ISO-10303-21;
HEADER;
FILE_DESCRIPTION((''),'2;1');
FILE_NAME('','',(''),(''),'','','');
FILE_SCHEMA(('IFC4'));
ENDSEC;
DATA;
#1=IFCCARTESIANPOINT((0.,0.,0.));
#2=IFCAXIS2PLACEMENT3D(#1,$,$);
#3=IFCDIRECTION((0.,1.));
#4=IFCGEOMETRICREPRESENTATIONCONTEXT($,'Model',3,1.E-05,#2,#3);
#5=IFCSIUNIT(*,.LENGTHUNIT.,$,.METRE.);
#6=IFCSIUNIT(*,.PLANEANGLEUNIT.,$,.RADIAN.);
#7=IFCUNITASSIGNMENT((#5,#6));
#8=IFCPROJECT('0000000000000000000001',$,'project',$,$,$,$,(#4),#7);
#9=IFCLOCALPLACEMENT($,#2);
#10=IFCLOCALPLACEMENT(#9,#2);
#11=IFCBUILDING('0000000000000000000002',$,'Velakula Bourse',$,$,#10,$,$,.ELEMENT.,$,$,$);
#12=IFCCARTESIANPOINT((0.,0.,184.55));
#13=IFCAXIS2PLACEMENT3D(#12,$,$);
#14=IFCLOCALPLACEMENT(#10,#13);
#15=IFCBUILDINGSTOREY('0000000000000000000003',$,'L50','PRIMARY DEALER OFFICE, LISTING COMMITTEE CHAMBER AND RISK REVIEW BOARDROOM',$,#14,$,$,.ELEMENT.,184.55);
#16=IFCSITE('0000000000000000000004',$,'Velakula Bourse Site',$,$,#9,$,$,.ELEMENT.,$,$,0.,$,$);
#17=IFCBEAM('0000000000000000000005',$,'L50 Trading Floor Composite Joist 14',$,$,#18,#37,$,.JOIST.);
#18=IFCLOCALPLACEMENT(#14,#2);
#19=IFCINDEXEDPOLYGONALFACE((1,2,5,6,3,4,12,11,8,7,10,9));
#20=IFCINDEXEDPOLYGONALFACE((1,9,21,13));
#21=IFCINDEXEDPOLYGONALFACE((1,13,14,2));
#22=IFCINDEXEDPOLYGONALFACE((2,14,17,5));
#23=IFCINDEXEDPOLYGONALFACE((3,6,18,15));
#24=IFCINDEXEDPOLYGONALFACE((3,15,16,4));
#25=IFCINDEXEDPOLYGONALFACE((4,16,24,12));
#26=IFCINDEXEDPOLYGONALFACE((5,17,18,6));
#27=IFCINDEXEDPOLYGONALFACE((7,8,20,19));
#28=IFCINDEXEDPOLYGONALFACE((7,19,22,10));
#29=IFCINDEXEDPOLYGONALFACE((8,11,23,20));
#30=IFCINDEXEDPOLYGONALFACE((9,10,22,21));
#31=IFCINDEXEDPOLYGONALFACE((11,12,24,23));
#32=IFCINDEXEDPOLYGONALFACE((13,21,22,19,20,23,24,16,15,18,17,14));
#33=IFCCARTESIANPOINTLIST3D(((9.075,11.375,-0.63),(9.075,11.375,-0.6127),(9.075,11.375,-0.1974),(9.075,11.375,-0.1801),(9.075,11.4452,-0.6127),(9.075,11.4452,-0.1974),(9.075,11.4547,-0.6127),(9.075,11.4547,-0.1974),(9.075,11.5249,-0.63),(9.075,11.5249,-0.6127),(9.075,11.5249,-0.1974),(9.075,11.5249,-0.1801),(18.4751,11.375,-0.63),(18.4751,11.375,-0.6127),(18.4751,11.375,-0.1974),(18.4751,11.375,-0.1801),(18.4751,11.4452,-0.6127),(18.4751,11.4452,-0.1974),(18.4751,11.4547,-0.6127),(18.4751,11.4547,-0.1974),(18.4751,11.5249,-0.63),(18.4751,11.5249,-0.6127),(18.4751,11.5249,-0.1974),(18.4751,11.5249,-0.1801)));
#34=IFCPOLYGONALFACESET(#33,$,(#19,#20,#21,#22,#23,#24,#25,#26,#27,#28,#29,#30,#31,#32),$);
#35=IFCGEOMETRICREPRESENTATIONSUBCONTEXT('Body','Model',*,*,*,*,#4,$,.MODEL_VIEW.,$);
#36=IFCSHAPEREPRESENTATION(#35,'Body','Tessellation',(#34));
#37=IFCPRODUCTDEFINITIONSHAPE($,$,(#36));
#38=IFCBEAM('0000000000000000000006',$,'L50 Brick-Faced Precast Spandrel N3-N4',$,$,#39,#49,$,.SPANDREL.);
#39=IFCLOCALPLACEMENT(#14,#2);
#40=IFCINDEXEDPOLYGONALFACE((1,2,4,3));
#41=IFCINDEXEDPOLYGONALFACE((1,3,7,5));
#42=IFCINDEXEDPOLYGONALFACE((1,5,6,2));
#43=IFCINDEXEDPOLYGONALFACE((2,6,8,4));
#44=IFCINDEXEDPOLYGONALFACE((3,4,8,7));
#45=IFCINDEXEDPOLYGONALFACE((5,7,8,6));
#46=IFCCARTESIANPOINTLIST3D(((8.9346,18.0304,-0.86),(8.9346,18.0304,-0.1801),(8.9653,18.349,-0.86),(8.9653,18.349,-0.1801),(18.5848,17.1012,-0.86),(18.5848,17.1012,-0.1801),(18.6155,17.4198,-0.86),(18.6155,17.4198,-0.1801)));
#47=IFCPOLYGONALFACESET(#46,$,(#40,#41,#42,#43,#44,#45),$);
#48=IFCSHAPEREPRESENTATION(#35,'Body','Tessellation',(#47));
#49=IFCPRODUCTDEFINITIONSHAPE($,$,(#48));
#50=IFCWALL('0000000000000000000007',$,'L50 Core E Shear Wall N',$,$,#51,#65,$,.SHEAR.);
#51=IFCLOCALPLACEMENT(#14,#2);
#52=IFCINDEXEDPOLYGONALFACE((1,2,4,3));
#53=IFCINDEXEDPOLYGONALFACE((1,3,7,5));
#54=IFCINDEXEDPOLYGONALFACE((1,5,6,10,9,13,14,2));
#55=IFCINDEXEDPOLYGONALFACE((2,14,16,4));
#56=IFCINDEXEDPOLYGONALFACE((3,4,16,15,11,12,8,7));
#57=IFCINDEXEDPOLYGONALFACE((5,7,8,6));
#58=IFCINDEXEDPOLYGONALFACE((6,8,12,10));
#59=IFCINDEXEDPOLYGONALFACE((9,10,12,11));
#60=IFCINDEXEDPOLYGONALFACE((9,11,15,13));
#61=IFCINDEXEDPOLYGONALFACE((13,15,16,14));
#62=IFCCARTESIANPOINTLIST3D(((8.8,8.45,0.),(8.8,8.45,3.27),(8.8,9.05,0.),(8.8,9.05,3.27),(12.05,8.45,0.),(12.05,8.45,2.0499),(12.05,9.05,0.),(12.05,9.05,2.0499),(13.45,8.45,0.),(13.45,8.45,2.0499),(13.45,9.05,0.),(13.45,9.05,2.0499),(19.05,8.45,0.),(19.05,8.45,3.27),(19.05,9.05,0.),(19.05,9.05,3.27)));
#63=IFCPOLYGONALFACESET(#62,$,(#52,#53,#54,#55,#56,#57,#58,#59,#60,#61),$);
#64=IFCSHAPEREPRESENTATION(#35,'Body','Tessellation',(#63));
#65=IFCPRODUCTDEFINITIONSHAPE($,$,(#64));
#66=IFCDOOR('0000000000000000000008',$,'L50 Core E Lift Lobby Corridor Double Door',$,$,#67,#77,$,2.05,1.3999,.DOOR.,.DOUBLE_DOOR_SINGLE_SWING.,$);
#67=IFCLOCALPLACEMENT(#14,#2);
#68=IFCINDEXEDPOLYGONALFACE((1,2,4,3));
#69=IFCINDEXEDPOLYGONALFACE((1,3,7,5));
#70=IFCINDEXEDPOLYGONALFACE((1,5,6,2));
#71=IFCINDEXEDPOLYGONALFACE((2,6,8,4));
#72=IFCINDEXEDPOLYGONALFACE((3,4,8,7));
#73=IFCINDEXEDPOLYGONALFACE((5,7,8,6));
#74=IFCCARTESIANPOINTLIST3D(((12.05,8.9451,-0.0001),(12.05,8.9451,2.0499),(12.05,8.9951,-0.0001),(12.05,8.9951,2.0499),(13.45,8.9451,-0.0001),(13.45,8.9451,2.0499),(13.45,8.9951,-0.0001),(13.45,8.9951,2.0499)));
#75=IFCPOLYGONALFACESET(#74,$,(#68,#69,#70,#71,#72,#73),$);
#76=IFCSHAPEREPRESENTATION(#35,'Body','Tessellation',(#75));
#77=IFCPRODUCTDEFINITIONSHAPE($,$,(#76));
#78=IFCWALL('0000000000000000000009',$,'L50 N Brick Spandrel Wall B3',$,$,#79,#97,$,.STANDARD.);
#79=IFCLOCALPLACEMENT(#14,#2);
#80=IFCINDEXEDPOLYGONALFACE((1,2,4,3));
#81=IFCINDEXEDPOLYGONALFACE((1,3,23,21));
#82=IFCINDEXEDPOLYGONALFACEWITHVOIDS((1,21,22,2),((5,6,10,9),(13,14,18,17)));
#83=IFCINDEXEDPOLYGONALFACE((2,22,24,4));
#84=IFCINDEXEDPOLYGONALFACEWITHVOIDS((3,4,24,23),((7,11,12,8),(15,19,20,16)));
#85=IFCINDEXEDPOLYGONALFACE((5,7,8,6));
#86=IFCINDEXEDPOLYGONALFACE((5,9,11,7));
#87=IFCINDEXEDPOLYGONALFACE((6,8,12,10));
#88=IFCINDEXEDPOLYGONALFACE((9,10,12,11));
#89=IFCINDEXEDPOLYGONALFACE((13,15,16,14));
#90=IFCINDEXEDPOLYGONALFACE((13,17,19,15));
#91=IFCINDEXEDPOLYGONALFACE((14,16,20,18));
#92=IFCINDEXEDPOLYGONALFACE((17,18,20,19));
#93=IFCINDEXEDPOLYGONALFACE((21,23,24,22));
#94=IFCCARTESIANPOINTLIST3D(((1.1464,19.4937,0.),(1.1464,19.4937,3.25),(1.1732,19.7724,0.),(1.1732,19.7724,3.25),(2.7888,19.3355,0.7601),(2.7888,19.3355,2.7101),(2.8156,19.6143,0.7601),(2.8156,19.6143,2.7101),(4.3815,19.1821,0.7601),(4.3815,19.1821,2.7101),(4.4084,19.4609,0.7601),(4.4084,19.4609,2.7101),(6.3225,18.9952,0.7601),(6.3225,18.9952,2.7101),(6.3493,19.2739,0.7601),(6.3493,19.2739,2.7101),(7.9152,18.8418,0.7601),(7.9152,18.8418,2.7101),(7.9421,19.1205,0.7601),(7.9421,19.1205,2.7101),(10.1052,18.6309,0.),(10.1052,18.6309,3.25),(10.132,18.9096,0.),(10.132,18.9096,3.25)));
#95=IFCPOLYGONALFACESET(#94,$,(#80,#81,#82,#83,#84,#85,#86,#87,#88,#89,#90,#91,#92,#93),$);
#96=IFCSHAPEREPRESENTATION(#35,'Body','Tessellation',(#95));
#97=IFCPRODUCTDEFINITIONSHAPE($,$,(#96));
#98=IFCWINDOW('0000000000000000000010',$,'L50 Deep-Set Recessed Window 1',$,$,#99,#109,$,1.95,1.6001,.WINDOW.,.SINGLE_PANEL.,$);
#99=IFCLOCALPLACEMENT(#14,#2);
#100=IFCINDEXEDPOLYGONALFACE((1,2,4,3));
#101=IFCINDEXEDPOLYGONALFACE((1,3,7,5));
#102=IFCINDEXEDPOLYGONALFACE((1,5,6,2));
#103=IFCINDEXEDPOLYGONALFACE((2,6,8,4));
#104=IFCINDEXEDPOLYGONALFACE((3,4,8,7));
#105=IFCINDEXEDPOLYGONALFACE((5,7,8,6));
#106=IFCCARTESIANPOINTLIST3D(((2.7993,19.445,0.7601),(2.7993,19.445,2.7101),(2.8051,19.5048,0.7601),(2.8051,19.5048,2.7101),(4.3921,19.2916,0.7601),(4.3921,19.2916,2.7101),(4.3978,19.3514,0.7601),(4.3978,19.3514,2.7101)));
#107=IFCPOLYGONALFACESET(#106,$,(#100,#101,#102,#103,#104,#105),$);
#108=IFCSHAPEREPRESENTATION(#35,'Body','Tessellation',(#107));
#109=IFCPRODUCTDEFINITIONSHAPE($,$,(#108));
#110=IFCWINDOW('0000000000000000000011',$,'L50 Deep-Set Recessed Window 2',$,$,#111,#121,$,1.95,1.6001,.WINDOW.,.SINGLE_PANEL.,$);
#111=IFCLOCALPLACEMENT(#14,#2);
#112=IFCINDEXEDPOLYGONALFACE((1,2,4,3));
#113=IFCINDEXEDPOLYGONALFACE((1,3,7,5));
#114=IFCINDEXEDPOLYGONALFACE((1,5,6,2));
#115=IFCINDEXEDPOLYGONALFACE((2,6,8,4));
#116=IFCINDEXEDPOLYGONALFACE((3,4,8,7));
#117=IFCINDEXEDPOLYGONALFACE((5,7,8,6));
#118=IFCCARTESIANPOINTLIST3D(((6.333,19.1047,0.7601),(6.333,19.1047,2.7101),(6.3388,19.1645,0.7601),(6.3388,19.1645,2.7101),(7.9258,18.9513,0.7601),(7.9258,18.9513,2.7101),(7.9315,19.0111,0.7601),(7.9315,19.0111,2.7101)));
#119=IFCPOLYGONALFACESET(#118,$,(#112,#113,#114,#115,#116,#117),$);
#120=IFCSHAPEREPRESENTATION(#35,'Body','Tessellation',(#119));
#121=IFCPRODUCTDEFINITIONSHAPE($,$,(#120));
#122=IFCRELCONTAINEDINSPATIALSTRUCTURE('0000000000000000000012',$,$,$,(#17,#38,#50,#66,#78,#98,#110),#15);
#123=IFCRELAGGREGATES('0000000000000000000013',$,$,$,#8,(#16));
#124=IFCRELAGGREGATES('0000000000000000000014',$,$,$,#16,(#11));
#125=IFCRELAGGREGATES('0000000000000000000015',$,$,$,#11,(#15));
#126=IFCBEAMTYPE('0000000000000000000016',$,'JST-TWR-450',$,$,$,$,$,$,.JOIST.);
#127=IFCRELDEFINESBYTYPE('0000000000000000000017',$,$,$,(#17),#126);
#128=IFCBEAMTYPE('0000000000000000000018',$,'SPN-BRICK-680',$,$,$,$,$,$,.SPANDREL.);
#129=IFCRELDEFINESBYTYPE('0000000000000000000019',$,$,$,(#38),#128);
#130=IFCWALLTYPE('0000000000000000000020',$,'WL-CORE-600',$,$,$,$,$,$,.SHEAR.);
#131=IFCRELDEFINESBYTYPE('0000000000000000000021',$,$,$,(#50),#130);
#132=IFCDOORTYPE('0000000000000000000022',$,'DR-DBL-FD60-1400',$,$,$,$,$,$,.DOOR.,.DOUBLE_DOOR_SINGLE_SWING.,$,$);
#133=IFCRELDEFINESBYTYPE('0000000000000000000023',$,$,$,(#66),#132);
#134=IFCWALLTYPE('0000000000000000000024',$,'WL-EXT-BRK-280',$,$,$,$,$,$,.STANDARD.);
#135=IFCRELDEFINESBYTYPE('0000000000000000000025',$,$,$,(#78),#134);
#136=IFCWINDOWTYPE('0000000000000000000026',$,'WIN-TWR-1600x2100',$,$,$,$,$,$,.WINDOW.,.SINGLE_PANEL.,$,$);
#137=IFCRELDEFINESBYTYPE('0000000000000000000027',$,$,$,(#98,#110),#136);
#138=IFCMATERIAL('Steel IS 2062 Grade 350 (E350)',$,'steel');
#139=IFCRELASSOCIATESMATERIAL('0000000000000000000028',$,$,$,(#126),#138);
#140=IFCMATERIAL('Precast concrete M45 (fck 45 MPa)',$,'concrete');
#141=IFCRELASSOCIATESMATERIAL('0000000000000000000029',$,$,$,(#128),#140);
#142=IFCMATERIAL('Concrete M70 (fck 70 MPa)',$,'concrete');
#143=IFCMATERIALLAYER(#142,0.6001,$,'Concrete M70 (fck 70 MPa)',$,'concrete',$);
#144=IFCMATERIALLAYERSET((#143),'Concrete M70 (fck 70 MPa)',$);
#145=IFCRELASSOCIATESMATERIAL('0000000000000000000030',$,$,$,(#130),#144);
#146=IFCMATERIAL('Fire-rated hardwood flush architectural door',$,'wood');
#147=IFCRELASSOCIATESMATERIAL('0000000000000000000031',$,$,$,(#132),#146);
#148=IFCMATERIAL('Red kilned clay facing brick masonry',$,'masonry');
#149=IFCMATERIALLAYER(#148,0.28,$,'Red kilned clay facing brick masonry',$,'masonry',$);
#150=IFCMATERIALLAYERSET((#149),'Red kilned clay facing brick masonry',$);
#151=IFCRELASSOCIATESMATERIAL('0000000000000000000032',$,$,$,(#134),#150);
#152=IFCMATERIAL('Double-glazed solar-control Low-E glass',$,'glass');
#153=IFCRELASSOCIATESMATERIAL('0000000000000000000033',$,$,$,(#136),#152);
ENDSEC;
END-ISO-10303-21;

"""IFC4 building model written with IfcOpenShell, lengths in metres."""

from ifc_helpers import new_model, si_unit, direction, frame, frame_2d, origin, origin_2d, place, context, subcontext, project, spatial, rectangle, i_section, extrude, material, layer, layer_set, material_profile, profile_set, type_object, element, fill, save


model = new_model("IFC4")

# Units and contexts
model_context = context("Model", 3, precision=1e-05, world=origin(), true_north=direction((0.0, 1.0)))
body_context = subcontext(model_context, "Body", "Model", "MODEL_VIEW")
ifc_project = project(units=[si_unit("LENGTHUNIT", "METRE"), si_unit("PLANEANGLEUNIT", "RADIAN")], contexts=[model_context])

# Site, building, storey
site_placement = place(None, origin())
site = spatial("IfcSite", under=ifc_project, at=site_placement, Name="Velakula Bourse Site", CompositionType="ELEMENT", RefElevation=0.0)
building_placement = place(site_placement, origin())
building = spatial("IfcBuilding", under=site, at=building_placement, Name="Velakula Bourse", CompositionType="ELEMENT")
storey_placement = place(building_placement, frame((0.0, 0.0, 184.55)))
storey = spatial("IfcBuildingStorey", under=building, at=storey_placement, Name="L50", Description="PRIMARY DEALER OFFICE, LISTING COMMITTEE CHAMBER AND RISK REVIEW BOARDROOM", CompositionType="ELEMENT", Elevation=184.55)

# Shared definitions
ifc_material_1 = material(Name="Concrete M70 (fck 70 MPa)", Category="concrete")
ifc_material_2 = material(Name="Steel IS 2062 Grade 350 (E350)", Category="steel")

# Beams
ifc_material_profile_1 = material_profile(ifc_material_2, i_section(OverallWidth=0.1499, OverallDepth=0.45, WebThickness=0.0095, FlangeThickness=0.0173, at=origin_2d()), Name="Steel IS 2062 Grade 350 (E350)")
ifc_profile_set_1 = profile_set([ifc_material_profile_1], Name="Steel IS 2062 Grade 350 (E350)")
beam_type_1 = type_object("IfcBeamType", Name="JST-TWR-450", PredefinedType="JOIST", material=ifc_profile_set_1)
beam_1_placement = place(storey_placement, frame((9.075, 11.45, -0.405), z_axis=(1.0, 0.0, 0.0), x_axis=(0.0, 1.0, 0.0)))
element("IfcBeam", 1, at=beam_1_placement, inside=storey, type_object=beam_type_1, Name="L50 Trading Floor Composite Joist 14", PredefinedType="JOIST", context=body_context, shape_type="SweptSolid", body=[
    extrude(i_section(OverallWidth=0.1499, OverallDepth=0.45, WebThickness=0.0095, FlangeThickness=0.0173, at=origin_2d()), origin(), (0.0, 0.0, 1.0), 9.4001),
])
ifc_material_3 = material(Name="Precast concrete M45 (fck 45 MPa)", Category="concrete")
ifc_material_profile_2 = material_profile(ifc_material_3, rectangle(XDim=0.3201, YDim=0.6799, at=origin_2d()), Name="Precast concrete M45 (fck 45 MPa)")
ifc_profile_set_2 = profile_set([ifc_material_profile_2], Name="Precast concrete M45 (fck 45 MPa)")
beam_type_2 = type_object("IfcBeamType", Name="SPN-BRICK-680", PredefinedType="SPANDREL", material=ifc_profile_set_2)
beam_2_placement = place(storey_placement, frame((8.95, 18.1897, -0.52), z_axis=(0.995396, -0.095845, 0.0), x_axis=(0.095845, 0.995396, 0.0)))
element("IfcBeam", 2, at=beam_2_placement, inside=storey, type_object=beam_type_2, Name="L50 Brick-Faced Precast Spandrel N3-N4", PredefinedType="SPANDREL", context=body_context, shape_type="SweptSolid", body=[
    extrude(rectangle(XDim=0.3201, YDim=0.6799, at=origin_2d()), origin(), (0.0, 0.0, 1.0), 9.6948),
])

# Wall, opening, door
ifc_layer_1 = layer(ifc_material_1, 0.6001, Name="Concrete M70 (fck 70 MPa)", Category="concrete")
ifc_layer_set_1 = layer_set([ifc_layer_1], Name="Concrete M70 (fck 70 MPa)")
wall_type_1 = type_object("IfcWallType", Name="WL-CORE-600", PredefinedType="SHEAR", material=ifc_layer_set_1)
wall_1_placement = place(storey_placement, frame((8.8, 8.75, 0.0), z_axis=(0.0, 0.0, 1.0), x_axis=(1.0, 0.0, 0.0)))
wall_1 = element("IfcWall", 3, at=wall_1_placement, inside=storey, type_object=wall_type_1, Name="L50 Core E Shear Wall N", PredefinedType="SHEAR", context=body_context, shape_type="SweptSolid", body=[
    extrude(rectangle(XDim=10.25, YDim=0.6001, at=frame_2d((5.125, 0.0))), origin(), (0.0, 0.0, 1.0), 3.27),
])
opening_1_placement = place(wall_1_placement, frame((3.25, 0.0, 0.0)))
opening_1 = element("IfcOpeningElement", 4, at=opening_1_placement, cuts=wall_1, PredefinedType="OPENING", context=body_context, shape_type="SweptSolid", body=[
    extrude(rectangle(XDim=1.3999, YDim=2.05, at=frame_2d((0.7, 1.0249))), frame((0.0, 0.3101, 0.0), z_axis=(0.0, -1.0, 0.0), x_axis=(1.0, 0.0, 0.0)), (0.0, 0.0, 1.0), 0.6201),
])
ifc_material_4 = material(Name="Fire-rated hardwood flush architectural door", Category="wood")
door_type = type_object("IfcDoorType", Name="DR-DBL-FD60-1400", OperationType="DOUBLE_DOOR_SINGLE_SWING", PredefinedType="DOOR", material=ifc_material_4)
door_placement = place(opening_1_placement, origin())
door = element("IfcDoor", 5, at=door_placement, inside=storey, type_object=door_type, Name="L50 Core E Lift Lobby Corridor Double Door", OperationType="DOUBLE_DOOR_SINGLE_SWING", OverallHeight=2.05, OverallWidth=1.3999, PredefinedType="DOOR", context=body_context, shape_type="SweptSolid", body=[
    extrude(rectangle(XDim=1.3999, YDim=2.05, at=frame_2d((0.7, 1.0249))), frame((0.0, 0.2451, 0.0), z_axis=(0.0, -1.0, 0.0), x_axis=(1.0, 0.0, 0.0)), (0.0, 0.0, 1.0), 0.05),
])
fill(opening_1, door)

# Wall, openings, windows
ifc_material_5 = material(Name="Red kilned clay facing brick masonry", Category="masonry")
ifc_layer_2 = layer(ifc_material_5, 0.28, Name="Red kilned clay facing brick masonry", Category="masonry")
ifc_layer_set_2 = layer_set([ifc_layer_2], Name="Red kilned clay facing brick masonry")
wall_type_2 = type_object("IfcWallType", Name="WL-EXT-BRK-280", PredefinedType="STANDARD", material=ifc_layer_set_2)
wall_2_placement = place(storey_placement, frame((1.1599, 19.6331, 0.0), z_axis=(0.0, 0.0, 1.0), x_axis=(0.995394, -0.095864, 0.0)))
wall_2 = element("IfcWall", 6, at=wall_2_placement, inside=storey, type_object=wall_type_2, Name="L50 N Brick Spandrel Wall B3", PredefinedType="STANDARD", context=body_context, shape_type="SweptSolid", body=[
    extrude(rectangle(XDim=9.0002, YDim=0.28, at=frame_2d((4.5, 0.0))), origin(), (0.0, 0.0, 1.0), 3.25),
])
opening_2_placement = place(wall_2_placement, frame((1.6499, 0.0, 0.76)))
opening_2 = element("IfcOpeningElement", 7, at=opening_2_placement, cuts=wall_2, PredefinedType="OPENING", context=body_context, shape_type="SweptSolid", body=[
    extrude(rectangle(XDim=1.6001, YDim=1.95, at=frame_2d((0.8, 0.9751))), frame((0.0, 0.1499, 0.0), z_axis=(0.0, -1.0, 0.0), x_axis=(1.0, 0.0, 0.0)), (0.0, 0.0, 1.0), 0.3),
])
opening_3_placement = place(wall_2_placement, frame((5.2, 0.0, 0.76)))
opening_3 = element("IfcOpeningElement", 8, at=opening_3_placement, cuts=wall_2, PredefinedType="OPENING", context=body_context, shape_type="SweptSolid", body=[
    extrude(rectangle(XDim=1.6001, YDim=1.95, at=frame_2d((0.8, 0.9751))), frame((0.0, 0.1499, 0.0), z_axis=(0.0, -1.0, 0.0), x_axis=(1.0, 0.0, 0.0)), (0.0, 0.0, 1.0), 0.3),
])
ifc_material_6 = material(Name="Double-glazed solar-control Low-E glass", Category="glass")
window_type = type_object("IfcWindowType", Name="WIN-TWR-1600x2100", PartitioningType="SINGLE_PANEL", PredefinedType="WINDOW", material=ifc_material_6)
window_1_placement = place(opening_2_placement, origin())
window_1 = element("IfcWindow", 9, at=window_1_placement, inside=storey, type_object=window_type, Name="L50 Deep-Set Recessed Window 1", OverallHeight=1.95, OverallWidth=1.6001, PartitioningType="SINGLE_PANEL", PredefinedType="WINDOW", context=body_context, shape_type="SweptSolid", body=[
    extrude(rectangle(XDim=1.6001, YDim=1.95, at=frame_2d((0.8, 0.9751))), frame((0.0, 0.03, 0.0), z_axis=(0.0, -1.0, 0.0), x_axis=(1.0, 0.0, 0.0)), (0.0, 0.0, 1.0), 0.0601),
])
fill(opening_2, window_1)
window_2_placement = place(opening_3_placement, origin())
window_2 = element("IfcWindow", 10, at=window_2_placement, inside=storey, type_object=window_type, Name="L50 Deep-Set Recessed Window 2", OverallHeight=1.95, OverallWidth=1.6001, PartitioningType="SINGLE_PANEL", PredefinedType="WINDOW", context=body_context, shape_type="SweptSolid", body=[
    extrude(rectangle(XDim=1.6001, YDim=1.95, at=frame_2d((0.8, 0.9751))), frame((0.0, 0.03, 0.0), z_axis=(0.0, -1.0, 0.0), x_axis=(1.0, 0.0, 0.0)), (0.0, 0.0, 1.0), 0.0601),
])
fill(opening_3, window_2)

save(model, "model.ifc")
